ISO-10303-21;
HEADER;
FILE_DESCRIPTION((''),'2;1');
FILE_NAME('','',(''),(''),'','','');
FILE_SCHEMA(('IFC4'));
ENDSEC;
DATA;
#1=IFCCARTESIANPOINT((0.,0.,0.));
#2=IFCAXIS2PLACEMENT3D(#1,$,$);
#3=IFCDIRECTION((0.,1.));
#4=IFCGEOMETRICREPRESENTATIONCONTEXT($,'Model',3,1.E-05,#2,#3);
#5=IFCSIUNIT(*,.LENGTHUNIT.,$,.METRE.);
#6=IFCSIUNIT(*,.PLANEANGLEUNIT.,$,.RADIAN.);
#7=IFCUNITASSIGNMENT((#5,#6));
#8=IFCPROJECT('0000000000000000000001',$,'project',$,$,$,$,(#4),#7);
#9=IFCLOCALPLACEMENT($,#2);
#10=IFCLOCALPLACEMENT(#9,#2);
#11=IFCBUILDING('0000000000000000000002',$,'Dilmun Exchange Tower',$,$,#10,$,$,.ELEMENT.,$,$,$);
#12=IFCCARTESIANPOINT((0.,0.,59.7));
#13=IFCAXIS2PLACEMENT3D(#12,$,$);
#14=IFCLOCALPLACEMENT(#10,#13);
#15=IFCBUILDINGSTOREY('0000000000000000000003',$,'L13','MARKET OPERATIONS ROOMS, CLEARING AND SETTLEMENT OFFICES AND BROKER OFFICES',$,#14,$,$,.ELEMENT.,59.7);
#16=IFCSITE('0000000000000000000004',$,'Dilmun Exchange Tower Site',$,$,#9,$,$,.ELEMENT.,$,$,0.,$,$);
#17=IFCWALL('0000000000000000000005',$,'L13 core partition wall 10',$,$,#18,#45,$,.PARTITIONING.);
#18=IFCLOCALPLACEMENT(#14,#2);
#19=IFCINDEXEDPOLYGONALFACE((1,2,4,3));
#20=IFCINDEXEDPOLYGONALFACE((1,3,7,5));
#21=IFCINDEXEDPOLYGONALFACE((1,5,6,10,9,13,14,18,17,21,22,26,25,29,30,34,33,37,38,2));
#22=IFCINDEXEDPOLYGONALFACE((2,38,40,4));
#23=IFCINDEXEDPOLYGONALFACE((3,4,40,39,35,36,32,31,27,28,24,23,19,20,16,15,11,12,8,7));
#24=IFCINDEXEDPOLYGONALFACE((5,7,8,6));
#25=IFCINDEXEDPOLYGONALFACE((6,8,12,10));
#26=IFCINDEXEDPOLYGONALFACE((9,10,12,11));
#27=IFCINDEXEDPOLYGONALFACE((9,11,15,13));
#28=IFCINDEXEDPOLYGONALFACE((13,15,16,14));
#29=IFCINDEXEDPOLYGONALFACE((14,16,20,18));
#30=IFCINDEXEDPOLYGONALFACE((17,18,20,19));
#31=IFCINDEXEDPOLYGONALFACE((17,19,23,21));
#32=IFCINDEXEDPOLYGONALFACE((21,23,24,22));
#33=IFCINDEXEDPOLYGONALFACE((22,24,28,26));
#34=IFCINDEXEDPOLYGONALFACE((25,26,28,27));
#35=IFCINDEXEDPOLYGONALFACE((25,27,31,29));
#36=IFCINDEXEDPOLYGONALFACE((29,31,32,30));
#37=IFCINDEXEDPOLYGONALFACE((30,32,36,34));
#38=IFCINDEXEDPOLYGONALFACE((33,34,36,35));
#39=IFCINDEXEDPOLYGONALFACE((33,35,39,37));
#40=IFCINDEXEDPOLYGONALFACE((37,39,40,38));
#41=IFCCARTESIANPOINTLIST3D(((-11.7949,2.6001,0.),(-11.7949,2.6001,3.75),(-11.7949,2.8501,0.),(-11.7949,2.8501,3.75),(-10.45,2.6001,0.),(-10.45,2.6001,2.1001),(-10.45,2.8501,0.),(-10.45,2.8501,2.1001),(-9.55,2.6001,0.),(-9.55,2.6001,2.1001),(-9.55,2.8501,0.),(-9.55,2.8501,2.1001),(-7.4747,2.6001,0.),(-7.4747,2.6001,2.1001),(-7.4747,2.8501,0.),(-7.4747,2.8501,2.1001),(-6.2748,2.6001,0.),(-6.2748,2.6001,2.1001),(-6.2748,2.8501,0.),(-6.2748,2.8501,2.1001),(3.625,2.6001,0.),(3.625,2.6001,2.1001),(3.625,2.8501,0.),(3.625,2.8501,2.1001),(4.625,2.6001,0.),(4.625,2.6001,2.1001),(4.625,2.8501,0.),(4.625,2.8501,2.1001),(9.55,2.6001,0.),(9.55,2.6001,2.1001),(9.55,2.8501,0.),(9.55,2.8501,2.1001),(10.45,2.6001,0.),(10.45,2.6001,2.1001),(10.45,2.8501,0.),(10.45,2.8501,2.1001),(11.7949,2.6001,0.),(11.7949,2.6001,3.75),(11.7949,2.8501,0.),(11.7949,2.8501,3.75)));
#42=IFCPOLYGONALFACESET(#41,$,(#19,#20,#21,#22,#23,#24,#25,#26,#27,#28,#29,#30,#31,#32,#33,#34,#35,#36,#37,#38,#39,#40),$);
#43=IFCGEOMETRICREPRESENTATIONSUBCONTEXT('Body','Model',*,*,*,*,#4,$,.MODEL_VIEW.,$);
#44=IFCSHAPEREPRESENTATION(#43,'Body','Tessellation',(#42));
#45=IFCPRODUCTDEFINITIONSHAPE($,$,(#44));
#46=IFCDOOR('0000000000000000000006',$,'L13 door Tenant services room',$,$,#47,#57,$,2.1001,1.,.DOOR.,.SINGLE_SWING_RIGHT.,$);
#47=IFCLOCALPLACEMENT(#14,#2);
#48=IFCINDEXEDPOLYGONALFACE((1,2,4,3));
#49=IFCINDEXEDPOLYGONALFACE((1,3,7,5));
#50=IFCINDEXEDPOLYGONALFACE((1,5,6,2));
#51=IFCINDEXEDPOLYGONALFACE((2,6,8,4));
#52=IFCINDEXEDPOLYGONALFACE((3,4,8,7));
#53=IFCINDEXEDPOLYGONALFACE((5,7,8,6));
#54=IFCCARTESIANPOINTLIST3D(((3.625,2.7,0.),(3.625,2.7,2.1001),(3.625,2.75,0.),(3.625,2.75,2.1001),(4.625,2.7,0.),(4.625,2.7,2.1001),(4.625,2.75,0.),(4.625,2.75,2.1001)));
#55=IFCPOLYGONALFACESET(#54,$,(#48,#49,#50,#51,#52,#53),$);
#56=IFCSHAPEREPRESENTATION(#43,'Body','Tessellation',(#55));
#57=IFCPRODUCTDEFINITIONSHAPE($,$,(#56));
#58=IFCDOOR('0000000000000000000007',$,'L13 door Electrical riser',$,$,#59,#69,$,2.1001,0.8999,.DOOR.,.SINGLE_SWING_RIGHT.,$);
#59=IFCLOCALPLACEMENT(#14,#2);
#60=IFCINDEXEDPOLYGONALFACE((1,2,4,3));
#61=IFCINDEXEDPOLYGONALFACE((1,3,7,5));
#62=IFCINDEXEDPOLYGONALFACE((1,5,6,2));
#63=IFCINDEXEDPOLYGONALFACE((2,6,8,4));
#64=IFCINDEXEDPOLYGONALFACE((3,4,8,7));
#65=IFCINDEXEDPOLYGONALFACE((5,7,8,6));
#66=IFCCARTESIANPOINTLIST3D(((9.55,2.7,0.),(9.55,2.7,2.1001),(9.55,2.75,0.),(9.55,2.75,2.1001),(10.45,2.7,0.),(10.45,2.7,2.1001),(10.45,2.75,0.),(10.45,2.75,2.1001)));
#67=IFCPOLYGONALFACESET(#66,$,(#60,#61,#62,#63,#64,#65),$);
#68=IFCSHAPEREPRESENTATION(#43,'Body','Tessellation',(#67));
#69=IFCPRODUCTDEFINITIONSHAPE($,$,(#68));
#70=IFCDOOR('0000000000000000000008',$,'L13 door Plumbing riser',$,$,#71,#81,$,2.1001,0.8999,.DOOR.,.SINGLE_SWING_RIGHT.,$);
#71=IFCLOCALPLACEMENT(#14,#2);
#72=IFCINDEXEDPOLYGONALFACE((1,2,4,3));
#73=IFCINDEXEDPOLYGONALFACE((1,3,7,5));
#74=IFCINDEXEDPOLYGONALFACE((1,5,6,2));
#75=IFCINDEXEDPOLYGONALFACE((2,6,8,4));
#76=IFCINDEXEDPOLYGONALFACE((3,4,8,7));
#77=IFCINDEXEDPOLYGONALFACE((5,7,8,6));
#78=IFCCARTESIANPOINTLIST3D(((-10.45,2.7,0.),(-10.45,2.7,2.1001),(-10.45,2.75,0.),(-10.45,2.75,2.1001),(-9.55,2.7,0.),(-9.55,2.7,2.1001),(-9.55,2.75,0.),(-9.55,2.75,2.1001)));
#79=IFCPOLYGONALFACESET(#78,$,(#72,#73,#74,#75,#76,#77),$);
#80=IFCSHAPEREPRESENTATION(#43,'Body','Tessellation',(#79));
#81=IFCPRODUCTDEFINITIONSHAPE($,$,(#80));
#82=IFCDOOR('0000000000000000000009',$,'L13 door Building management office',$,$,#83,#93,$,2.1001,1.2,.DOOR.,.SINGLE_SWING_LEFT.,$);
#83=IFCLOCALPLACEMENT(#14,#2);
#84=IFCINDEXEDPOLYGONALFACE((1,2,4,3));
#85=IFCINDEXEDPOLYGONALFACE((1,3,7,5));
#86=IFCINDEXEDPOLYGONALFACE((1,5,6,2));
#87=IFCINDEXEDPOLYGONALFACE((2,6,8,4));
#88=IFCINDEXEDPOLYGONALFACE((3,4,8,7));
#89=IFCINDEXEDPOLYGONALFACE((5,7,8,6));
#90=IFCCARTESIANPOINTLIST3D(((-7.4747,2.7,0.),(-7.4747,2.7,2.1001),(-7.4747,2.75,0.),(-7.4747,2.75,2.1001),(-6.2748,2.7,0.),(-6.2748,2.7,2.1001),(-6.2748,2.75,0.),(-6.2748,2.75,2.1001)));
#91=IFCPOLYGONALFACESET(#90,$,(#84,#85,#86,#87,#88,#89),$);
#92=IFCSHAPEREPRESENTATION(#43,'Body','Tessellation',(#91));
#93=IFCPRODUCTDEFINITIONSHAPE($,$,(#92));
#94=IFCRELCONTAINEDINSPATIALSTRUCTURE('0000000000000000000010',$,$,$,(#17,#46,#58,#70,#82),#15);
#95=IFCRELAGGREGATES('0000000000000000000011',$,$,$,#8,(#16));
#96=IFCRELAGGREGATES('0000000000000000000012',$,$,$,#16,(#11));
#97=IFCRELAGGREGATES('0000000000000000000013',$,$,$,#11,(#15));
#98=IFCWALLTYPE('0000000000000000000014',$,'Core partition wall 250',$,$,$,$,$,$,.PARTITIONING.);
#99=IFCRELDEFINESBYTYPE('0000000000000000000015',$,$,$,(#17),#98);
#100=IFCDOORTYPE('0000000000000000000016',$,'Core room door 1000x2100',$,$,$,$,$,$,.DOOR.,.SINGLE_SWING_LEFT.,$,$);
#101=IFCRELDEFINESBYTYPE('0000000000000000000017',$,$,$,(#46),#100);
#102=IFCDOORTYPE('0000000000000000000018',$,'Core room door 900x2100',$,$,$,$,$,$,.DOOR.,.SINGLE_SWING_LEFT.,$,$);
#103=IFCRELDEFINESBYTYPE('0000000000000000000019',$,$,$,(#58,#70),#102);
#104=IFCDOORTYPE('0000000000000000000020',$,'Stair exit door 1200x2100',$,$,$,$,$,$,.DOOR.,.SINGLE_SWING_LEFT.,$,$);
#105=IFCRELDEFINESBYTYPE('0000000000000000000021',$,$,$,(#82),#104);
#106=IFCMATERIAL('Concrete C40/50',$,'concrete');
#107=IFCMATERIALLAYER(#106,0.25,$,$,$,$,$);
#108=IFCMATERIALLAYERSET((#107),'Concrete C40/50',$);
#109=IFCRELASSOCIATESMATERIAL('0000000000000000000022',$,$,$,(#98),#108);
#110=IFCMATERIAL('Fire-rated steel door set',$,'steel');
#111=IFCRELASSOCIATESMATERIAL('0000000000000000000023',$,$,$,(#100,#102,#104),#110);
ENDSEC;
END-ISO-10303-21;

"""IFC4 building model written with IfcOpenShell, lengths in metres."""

from ifc_helpers import new_model, si_unit, direction, frame, frame_2d, origin, place, context, subcontext, project, spatial, rectangle, extrude, material, layer, layer_set, type_object, element, fill, save


model = new_model("IFC4")

# Units and contexts
model_context = context("Model", 3, precision=1e-05, world=origin(), true_north=direction((0.0, 1.0)))
body_context = subcontext(model_context, "Body", "Model", "MODEL_VIEW")
ifc_project = project(units=[si_unit("LENGTHUNIT", "METRE"), si_unit("PLANEANGLEUNIT", "RADIAN")], contexts=[model_context])

# Site, building, storey
site_placement = place(None, origin())
site = spatial("IfcSite", under=ifc_project, at=site_placement, Name="Dilmun Exchange Tower Site", CompositionType="ELEMENT", RefElevation=0.0)
building_placement = place(site_placement, origin())
building = spatial("IfcBuilding", under=site, at=building_placement, Name="Dilmun Exchange Tower", CompositionType="ELEMENT")
storey_placement = place(building_placement, frame((0.0, 0.0, 59.7)))
storey = spatial("IfcBuildingStorey", under=building, at=storey_placement, Name="L13", Description="MARKET OPERATIONS ROOMS, CLEARING AND SETTLEMENT OFFICES AND BROKER OFFICES", CompositionType="ELEMENT", Elevation=59.7)

# Shared definitions
ifc_material_1 = material(Name="Concrete C40/50", Category="concrete")

# Wall, openings, doors
ifc_layer_1 = layer(ifc_material_1, 0.25)
ifc_layer_set_1 = layer_set([ifc_layer_1], Name="Concrete C40/50")
wall_type_1 = type_object("IfcWallType", Name="Core partition wall 250", PredefinedType="PARTITIONING", material=ifc_layer_set_1)
wall_1_placement = place(storey_placement, frame((-11.7949, 2.7251, 0.0), z_axis=(0.0, 0.0, 1.0), x_axis=(1.0, 0.0, 0.0)))
wall_1 = element("IfcWall", 1, at=wall_1_placement, inside=storey, type_object=wall_type_1, Name="L13 core partition wall 10", PredefinedType="PARTITIONING", context=body_context, shape_type="SweptSolid", body=[
    extrude(rectangle(XDim=23.5898, YDim=0.25, at=frame_2d((11.7949, 0.0))), origin(), (0.0, 0.0, 1.0), 3.75),
])
opening_1_placement = place(wall_1_placement, frame((21.345, 0.0, 0.0)))
opening_1 = element("IfcOpeningElement", 2, at=opening_1_placement, cuts=wall_1, PredefinedType="OPENING", context=body_context, shape_type="SweptSolid", body=[
    extrude(rectangle(XDim=0.8999, YDim=2.1001, at=frame_2d((0.45, 1.05))), frame((0.0, 0.135, 0.0), z_axis=(0.0, -1.0, 0.0), x_axis=(1.0, 0.0, 0.0)), (0.0, 0.0, 1.0), 0.27),
])
opening_2_placement = place(wall_1_placement, frame((1.345, 0.0, 0.0)))
opening_2 = element("IfcOpeningElement", 3, at=opening_2_placement, cuts=wall_1, PredefinedType="OPENING", context=body_context, shape_type="SweptSolid", body=[
    extrude(rectangle(XDim=0.8999, YDim=2.1001, at=frame_2d((0.45, 1.05))), frame((0.0, 0.135, 0.0), z_axis=(0.0, -1.0, 0.0), x_axis=(1.0, 0.0, 0.0)), (0.0, 0.0, 1.0), 0.27),
])
opening_3_placement = place(wall_1_placement, frame((4.3201, 0.0, 0.0)))
opening_3 = element("IfcOpeningElement", 4, at=opening_3_placement, cuts=wall_1, PredefinedType="OPENING", context=body_context, shape_type="SweptSolid", body=[
    extrude(rectangle(XDim=1.2, YDim=2.1001, at=frame_2d((0.6001, 1.05))), frame((0.0, 0.135, 0.0), z_axis=(0.0, -1.0, 0.0), x_axis=(1.0, 0.0, 0.0)), (0.0, 0.0, 1.0), 0.27),
])
opening_4_placement = place(wall_1_placement, frame((15.4199, 0.0, 0.0)))
opening_4 = element("IfcOpeningElement", 5, at=opening_4_placement, cuts=wall_1, PredefinedType="OPENING", context=body_context, shape_type="SweptSolid", body=[
    extrude(rectangle(XDim=1.0, YDim=2.1001, at=frame_2d((0.5, 1.05))), frame((0.0, 0.135, 0.0), z_axis=(0.0, -1.0, 0.0), x_axis=(1.0, 0.0, 0.0)), (0.0, 0.0, 1.0), 0.27),
])
ifc_material_2 = material(Name="Fire-rated steel door set", Category="steel")
door_type_1 = type_object("IfcDoorType", Name="Core room door 1000x2100", OperationType="SINGLE_SWING_LEFT", PredefinedType="DOOR", material=ifc_material_2)
door_1_placement = place(opening_4_placement, origin())
door_1 = element("IfcDoor", 6, at=door_1_placement, inside=storey, type_object=door_type_1, Name="L13 door Tenant services room", OperationType="SINGLE_SWING_RIGHT", OverallHeight=2.1001, OverallWidth=1.0, PredefinedType="DOOR", context=body_context, shape_type="SweptSolid", body=[
    extrude(rectangle(XDim=1.0, YDim=2.1001, at=frame_2d((0.5, 1.05))), frame((0.0, 0.0249, 0.0), z_axis=(0.0, -1.0, 0.0), x_axis=(1.0, 0.0, 0.0)), (0.0, 0.0, 1.0), 0.05),
])
fill(opening_4, door_1)
door_type_2 = type_object("IfcDoorType", Name="Core room door 900x2100", OperationType="SINGLE_SWING_LEFT", PredefinedType="DOOR", material=ifc_material_2)
door_2_placement = place(opening_1_placement, origin())
door_2 = element("IfcDoor", 7, at=door_2_placement, inside=storey, type_object=door_type_2, Name="L13 door Electrical riser", OperationType="SINGLE_SWING_RIGHT", OverallHeight=2.1001, OverallWidth=0.8999, PredefinedType="DOOR", context=body_context, shape_type="SweptSolid", body=[
    extrude(rectangle(XDim=0.8999, YDim=2.1001, at=frame_2d((0.45, 1.05))), frame((0.0, 0.0249, 0.0), z_axis=(0.0, -1.0, 0.0), x_axis=(1.0, 0.0, 0.0)), (0.0, 0.0, 1.0), 0.05),
])
fill(opening_1, door_2)
door_3_placement = place(opening_2_placement, origin())
door_3 = element("IfcDoor", 8, at=door_3_placement, inside=storey, type_object=door_type_2, Name="L13 door Plumbing riser", OperationType="SINGLE_SWING_RIGHT", OverallHeight=2.1001, OverallWidth=0.8999, PredefinedType="DOOR", context=body_context, shape_type="SweptSolid", body=[
    extrude(rectangle(XDim=0.8999, YDim=2.1001, at=frame_2d((0.45, 1.05))), frame((0.0, 0.0249, 0.0), z_axis=(0.0, -1.0, 0.0), x_axis=(1.0, 0.0, 0.0)), (0.0, 0.0, 1.0), 0.05),
])
fill(opening_2, door_3)
door_type_3 = type_object("IfcDoorType", Name="Stair exit door 1200x2100", OperationType="SINGLE_SWING_LEFT", PredefinedType="DOOR", material=ifc_material_2)
door_4_placement = place(opening_3_placement, origin())
door_4 = element("IfcDoor", 9, at=door_4_placement, inside=storey, type_object=door_type_3, Name="L13 door Building management office", OperationType="SINGLE_SWING_LEFT", OverallHeight=2.1001, OverallWidth=1.2, PredefinedType="DOOR", context=body_context, shape_type="SweptSolid", body=[
    extrude(rectangle(XDim=1.2, YDim=2.1001, at=frame_2d((0.6001, 1.05))), frame((0.0, 0.0249, 0.0), z_axis=(0.0, -1.0, 0.0), x_axis=(1.0, 0.0, 0.0)), (0.0, 0.0, 1.0), 0.05),
])
fill(opening_3, door_4)

save(model, "model.ifc")
